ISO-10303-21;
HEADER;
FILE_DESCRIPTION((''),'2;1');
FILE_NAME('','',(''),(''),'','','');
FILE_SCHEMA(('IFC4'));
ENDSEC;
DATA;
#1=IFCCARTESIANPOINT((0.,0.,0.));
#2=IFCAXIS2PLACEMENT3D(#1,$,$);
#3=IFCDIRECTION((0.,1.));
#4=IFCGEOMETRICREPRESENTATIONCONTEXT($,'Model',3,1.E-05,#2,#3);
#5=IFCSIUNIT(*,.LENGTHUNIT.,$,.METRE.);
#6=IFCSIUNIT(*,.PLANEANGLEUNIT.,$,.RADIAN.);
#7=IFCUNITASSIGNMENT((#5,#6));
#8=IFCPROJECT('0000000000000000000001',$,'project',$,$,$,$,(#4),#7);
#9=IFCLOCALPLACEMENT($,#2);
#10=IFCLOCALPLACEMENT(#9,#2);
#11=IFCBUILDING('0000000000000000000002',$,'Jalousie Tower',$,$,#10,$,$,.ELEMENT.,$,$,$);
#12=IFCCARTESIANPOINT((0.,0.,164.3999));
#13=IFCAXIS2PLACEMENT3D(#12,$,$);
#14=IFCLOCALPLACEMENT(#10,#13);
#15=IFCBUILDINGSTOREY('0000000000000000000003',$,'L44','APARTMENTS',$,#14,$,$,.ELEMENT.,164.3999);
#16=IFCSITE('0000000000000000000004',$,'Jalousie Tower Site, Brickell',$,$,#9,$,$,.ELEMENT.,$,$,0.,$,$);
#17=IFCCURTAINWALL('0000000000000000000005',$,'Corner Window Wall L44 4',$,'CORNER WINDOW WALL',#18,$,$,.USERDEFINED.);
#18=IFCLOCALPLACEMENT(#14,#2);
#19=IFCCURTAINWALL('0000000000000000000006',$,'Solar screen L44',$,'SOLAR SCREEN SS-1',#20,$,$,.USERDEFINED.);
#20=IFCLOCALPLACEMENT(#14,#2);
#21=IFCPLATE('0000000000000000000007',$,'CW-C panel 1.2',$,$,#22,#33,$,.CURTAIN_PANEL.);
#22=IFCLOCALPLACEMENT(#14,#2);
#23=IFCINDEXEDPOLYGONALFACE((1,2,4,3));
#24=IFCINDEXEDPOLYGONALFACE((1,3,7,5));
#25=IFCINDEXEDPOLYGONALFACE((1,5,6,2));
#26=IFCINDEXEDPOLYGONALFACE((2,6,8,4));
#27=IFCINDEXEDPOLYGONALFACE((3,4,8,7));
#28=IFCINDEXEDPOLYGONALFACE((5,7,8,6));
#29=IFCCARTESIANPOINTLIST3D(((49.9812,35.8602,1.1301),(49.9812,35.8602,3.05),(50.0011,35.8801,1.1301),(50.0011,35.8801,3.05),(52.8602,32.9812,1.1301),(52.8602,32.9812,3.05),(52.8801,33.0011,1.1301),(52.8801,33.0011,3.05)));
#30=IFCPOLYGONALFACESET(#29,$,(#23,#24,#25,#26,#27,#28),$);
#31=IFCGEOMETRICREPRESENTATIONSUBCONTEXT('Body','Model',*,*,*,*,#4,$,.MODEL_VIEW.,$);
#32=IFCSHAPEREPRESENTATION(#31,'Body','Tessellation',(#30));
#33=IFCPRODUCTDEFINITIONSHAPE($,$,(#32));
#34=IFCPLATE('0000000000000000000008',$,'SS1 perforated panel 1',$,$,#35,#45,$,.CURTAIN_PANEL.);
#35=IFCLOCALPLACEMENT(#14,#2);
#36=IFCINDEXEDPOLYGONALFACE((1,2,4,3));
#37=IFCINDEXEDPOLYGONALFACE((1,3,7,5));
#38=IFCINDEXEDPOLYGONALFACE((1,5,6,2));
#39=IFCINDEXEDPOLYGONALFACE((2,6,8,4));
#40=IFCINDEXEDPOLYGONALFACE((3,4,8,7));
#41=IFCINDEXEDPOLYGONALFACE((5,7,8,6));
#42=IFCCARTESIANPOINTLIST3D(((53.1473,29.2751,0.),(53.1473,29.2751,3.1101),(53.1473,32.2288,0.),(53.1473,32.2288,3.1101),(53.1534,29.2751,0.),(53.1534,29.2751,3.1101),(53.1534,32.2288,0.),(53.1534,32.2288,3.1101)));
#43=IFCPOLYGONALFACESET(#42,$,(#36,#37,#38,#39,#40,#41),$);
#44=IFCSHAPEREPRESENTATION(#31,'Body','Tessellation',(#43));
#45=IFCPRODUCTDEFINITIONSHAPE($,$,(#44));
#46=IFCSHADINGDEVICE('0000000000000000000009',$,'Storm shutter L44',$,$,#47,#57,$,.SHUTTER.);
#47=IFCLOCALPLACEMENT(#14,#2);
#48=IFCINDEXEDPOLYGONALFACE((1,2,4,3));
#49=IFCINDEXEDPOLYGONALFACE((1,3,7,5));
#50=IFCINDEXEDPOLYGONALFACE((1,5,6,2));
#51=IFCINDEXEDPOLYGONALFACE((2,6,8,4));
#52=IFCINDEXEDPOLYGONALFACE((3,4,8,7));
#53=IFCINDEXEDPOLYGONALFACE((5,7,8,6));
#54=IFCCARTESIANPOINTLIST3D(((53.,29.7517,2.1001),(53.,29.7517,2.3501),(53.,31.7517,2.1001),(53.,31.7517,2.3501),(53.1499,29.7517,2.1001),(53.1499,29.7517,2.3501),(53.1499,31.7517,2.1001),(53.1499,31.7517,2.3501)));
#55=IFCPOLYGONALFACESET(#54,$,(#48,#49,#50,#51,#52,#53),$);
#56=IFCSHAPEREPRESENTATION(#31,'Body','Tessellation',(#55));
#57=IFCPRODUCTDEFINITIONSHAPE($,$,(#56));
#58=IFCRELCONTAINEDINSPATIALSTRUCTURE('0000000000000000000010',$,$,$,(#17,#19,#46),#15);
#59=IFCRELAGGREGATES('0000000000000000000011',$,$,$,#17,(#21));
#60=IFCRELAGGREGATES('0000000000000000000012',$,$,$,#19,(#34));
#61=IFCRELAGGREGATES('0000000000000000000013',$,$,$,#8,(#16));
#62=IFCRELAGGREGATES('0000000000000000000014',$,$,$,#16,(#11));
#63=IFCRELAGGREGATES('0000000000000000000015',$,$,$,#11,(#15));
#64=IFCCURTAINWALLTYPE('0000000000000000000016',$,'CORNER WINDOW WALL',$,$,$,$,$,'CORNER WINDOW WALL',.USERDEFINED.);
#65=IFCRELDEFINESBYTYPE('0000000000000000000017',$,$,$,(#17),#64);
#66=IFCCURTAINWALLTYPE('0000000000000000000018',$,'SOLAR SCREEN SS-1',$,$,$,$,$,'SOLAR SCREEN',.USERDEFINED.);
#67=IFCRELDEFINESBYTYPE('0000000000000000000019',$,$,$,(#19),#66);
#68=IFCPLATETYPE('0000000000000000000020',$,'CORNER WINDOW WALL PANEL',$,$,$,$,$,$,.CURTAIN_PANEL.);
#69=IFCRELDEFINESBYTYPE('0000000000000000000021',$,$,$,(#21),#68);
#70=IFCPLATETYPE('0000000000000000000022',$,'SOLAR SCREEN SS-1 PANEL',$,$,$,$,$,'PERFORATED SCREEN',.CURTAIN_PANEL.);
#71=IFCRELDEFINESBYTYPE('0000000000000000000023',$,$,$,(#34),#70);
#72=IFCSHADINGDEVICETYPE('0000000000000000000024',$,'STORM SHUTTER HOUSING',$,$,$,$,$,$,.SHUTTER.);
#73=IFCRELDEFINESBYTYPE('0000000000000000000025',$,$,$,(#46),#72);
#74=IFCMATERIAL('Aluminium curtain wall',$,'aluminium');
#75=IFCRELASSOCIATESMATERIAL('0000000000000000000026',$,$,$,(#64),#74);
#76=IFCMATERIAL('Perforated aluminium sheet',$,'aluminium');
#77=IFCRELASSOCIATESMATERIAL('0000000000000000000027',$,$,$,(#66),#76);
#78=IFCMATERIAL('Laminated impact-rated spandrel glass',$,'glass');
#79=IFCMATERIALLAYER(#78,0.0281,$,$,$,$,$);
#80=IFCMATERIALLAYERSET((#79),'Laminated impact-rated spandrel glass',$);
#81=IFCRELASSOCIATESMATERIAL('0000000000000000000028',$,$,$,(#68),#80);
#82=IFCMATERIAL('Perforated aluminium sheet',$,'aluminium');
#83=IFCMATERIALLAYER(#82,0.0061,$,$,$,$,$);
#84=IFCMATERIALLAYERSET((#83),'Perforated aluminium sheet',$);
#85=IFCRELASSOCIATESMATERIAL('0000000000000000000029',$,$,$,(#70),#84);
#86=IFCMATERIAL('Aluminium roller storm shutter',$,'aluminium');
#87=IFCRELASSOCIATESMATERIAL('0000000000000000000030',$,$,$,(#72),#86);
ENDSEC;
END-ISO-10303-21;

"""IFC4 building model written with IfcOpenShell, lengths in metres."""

from ifc_helpers import new_model, si_unit, direction, frame, origin, origin_2d, place, context, subcontext, project, spatial, rectangle, extrude, material, layer, layer_set, type_object, element, aggregate, save


model = new_model("IFC4")

# Units and contexts
model_context = context("Model", 3, precision=1e-05, world=origin(), true_north=direction((0.0, 1.0)))
body_context = subcontext(model_context, "Body", "Model", "MODEL_VIEW")
ifc_project = project(units=[si_unit("LENGTHUNIT", "METRE"), si_unit("PLANEANGLEUNIT", "RADIAN")], contexts=[model_context])

# Site, building, storey
site_placement = place(None, origin())
site = spatial("IfcSite", under=ifc_project, at=site_placement, Name="Jalousie Tower Site, Brickell", CompositionType="ELEMENT", RefElevation=0.0)
building_placement = place(site_placement, origin())
building = spatial("IfcBuilding", under=site, at=building_placement, Name="Jalousie Tower", CompositionType="ELEMENT")
storey_placement = place(building_placement, frame((0.0, 0.0, 164.3999)))
storey = spatial("IfcBuildingStorey", under=building, at=storey_placement, Name="L44", Description="APARTMENTS", CompositionType="ELEMENT", Elevation=164.3999)

# Curtain wall
ifc_material_1 = material(Name="Aluminium curtain wall", Category="aluminium")
curtain_wall_type_1 = type_object("IfcCurtainWallType", Name="CORNER WINDOW WALL", ElementType="CORNER WINDOW WALL", PredefinedType="USERDEFINED", material=ifc_material_1)
curtain_wall_1_placement = place(storey_placement, origin())
curtain_wall_1 = element("IfcCurtainWall", 1, at=curtain_wall_1_placement, inside=storey, type_object=curtain_wall_type_1, Name="Corner Window Wall L44 4", ObjectType="CORNER WINDOW WALL", PredefinedType="USERDEFINED")

# Curtain wall
ifc_material_2 = material(Name="Perforated aluminium sheet", Category="aluminium")
curtain_wall_type_2 = type_object("IfcCurtainWallType", Name="SOLAR SCREEN SS-1", ElementType="SOLAR SCREEN", PredefinedType="USERDEFINED", material=ifc_material_2)
curtain_wall_2_placement = place(storey_placement, origin())
curtain_wall_2 = element("IfcCurtainWall", 2, at=curtain_wall_2_placement, inside=storey, type_object=curtain_wall_type_2, Name="Solar screen L44", ObjectType="SOLAR SCREEN SS-1", PredefinedType="USERDEFINED")

# Plates
ifc_material_3 = material(Name="Laminated impact-rated spandrel glass", Category="glass")
ifc_layer_1 = layer(ifc_material_3, 0.0281)
ifc_layer_set_1 = layer_set([ifc_layer_1], Name="Laminated impact-rated spandrel glass")
plate_type_1 = type_object("IfcPlateType", Name="CORNER WINDOW WALL PANEL", PredefinedType="CURTAIN_PANEL", material=ifc_layer_set_1)
plate_1_placement = place(storey_placement, frame((51.4307, 34.4307, 1.1301), z_axis=(0.0, 0.0, 1.0), x_axis=(-0.707107, 0.707107, 0.0)))
plate_1 = element("IfcPlate", 3, at=plate_1_placement, type_object=plate_type_1, Name="CW-C panel 1.2", PredefinedType="CURTAIN_PANEL", context=body_context, shape_type="SweptSolid", body=[
    extrude(rectangle(XDim=4.0715, YDim=0.0281, at=origin_2d()), origin(), (0.0, 0.0, 1.0), 1.9199),
])
aggregate(curtain_wall_1, [plate_1])
ifc_material_4 = material(Name="Perforated aluminium sheet", Category="aluminium")
ifc_layer_2 = layer(ifc_material_4, 0.0061)
ifc_layer_set_2 = layer_set([ifc_layer_2], Name="Perforated aluminium sheet")
plate_type_2 = type_object("IfcPlateType", Name="SOLAR SCREEN SS-1 PANEL", ElementType="PERFORATED SCREEN", PredefinedType="CURTAIN_PANEL", material=ifc_layer_set_2)
plate_2_placement = place(storey_placement, frame((53.1504, 30.752, 0.0), z_axis=(0.0, 0.0, 1.0), x_axis=(0.0, 1.0, 0.0)))
plate_2 = element("IfcPlate", 4, at=plate_2_placement, type_object=plate_type_2, Name="SS1 perforated panel 1", PredefinedType="CURTAIN_PANEL", context=body_context, shape_type="SweptSolid", body=[
    extrude(rectangle(XDim=2.9536, YDim=0.0061, at=origin_2d()), origin(), (0.0, 0.0, 1.0), 3.1101),
])
aggregate(curtain_wall_2, [plate_2])

# Shading device
ifc_material_5 = material(Name="Aluminium roller storm shutter", Category="aluminium")
shading_device_type = type_object("IfcShadingDeviceType", Name="STORM SHUTTER HOUSING", PredefinedType="SHUTTER", material=ifc_material_5)
shading_device_placement = place(storey_placement, frame((53.075, 30.7517, 2.1001), z_axis=(0.0, 0.0, 1.0), x_axis=(0.0, 1.0, 0.0)))
element("IfcShadingDevice", 5, at=shading_device_placement, inside=storey, type_object=shading_device_type, Name="Storm shutter L44", PredefinedType="SHUTTER", context=body_context, shape_type="SweptSolid", body=[
    extrude(rectangle(XDim=2.0, YDim=0.1499, at=origin_2d()), origin(), (0.0, 0.0, 1.0), 0.25),
])

save(model, "model.ifc")
